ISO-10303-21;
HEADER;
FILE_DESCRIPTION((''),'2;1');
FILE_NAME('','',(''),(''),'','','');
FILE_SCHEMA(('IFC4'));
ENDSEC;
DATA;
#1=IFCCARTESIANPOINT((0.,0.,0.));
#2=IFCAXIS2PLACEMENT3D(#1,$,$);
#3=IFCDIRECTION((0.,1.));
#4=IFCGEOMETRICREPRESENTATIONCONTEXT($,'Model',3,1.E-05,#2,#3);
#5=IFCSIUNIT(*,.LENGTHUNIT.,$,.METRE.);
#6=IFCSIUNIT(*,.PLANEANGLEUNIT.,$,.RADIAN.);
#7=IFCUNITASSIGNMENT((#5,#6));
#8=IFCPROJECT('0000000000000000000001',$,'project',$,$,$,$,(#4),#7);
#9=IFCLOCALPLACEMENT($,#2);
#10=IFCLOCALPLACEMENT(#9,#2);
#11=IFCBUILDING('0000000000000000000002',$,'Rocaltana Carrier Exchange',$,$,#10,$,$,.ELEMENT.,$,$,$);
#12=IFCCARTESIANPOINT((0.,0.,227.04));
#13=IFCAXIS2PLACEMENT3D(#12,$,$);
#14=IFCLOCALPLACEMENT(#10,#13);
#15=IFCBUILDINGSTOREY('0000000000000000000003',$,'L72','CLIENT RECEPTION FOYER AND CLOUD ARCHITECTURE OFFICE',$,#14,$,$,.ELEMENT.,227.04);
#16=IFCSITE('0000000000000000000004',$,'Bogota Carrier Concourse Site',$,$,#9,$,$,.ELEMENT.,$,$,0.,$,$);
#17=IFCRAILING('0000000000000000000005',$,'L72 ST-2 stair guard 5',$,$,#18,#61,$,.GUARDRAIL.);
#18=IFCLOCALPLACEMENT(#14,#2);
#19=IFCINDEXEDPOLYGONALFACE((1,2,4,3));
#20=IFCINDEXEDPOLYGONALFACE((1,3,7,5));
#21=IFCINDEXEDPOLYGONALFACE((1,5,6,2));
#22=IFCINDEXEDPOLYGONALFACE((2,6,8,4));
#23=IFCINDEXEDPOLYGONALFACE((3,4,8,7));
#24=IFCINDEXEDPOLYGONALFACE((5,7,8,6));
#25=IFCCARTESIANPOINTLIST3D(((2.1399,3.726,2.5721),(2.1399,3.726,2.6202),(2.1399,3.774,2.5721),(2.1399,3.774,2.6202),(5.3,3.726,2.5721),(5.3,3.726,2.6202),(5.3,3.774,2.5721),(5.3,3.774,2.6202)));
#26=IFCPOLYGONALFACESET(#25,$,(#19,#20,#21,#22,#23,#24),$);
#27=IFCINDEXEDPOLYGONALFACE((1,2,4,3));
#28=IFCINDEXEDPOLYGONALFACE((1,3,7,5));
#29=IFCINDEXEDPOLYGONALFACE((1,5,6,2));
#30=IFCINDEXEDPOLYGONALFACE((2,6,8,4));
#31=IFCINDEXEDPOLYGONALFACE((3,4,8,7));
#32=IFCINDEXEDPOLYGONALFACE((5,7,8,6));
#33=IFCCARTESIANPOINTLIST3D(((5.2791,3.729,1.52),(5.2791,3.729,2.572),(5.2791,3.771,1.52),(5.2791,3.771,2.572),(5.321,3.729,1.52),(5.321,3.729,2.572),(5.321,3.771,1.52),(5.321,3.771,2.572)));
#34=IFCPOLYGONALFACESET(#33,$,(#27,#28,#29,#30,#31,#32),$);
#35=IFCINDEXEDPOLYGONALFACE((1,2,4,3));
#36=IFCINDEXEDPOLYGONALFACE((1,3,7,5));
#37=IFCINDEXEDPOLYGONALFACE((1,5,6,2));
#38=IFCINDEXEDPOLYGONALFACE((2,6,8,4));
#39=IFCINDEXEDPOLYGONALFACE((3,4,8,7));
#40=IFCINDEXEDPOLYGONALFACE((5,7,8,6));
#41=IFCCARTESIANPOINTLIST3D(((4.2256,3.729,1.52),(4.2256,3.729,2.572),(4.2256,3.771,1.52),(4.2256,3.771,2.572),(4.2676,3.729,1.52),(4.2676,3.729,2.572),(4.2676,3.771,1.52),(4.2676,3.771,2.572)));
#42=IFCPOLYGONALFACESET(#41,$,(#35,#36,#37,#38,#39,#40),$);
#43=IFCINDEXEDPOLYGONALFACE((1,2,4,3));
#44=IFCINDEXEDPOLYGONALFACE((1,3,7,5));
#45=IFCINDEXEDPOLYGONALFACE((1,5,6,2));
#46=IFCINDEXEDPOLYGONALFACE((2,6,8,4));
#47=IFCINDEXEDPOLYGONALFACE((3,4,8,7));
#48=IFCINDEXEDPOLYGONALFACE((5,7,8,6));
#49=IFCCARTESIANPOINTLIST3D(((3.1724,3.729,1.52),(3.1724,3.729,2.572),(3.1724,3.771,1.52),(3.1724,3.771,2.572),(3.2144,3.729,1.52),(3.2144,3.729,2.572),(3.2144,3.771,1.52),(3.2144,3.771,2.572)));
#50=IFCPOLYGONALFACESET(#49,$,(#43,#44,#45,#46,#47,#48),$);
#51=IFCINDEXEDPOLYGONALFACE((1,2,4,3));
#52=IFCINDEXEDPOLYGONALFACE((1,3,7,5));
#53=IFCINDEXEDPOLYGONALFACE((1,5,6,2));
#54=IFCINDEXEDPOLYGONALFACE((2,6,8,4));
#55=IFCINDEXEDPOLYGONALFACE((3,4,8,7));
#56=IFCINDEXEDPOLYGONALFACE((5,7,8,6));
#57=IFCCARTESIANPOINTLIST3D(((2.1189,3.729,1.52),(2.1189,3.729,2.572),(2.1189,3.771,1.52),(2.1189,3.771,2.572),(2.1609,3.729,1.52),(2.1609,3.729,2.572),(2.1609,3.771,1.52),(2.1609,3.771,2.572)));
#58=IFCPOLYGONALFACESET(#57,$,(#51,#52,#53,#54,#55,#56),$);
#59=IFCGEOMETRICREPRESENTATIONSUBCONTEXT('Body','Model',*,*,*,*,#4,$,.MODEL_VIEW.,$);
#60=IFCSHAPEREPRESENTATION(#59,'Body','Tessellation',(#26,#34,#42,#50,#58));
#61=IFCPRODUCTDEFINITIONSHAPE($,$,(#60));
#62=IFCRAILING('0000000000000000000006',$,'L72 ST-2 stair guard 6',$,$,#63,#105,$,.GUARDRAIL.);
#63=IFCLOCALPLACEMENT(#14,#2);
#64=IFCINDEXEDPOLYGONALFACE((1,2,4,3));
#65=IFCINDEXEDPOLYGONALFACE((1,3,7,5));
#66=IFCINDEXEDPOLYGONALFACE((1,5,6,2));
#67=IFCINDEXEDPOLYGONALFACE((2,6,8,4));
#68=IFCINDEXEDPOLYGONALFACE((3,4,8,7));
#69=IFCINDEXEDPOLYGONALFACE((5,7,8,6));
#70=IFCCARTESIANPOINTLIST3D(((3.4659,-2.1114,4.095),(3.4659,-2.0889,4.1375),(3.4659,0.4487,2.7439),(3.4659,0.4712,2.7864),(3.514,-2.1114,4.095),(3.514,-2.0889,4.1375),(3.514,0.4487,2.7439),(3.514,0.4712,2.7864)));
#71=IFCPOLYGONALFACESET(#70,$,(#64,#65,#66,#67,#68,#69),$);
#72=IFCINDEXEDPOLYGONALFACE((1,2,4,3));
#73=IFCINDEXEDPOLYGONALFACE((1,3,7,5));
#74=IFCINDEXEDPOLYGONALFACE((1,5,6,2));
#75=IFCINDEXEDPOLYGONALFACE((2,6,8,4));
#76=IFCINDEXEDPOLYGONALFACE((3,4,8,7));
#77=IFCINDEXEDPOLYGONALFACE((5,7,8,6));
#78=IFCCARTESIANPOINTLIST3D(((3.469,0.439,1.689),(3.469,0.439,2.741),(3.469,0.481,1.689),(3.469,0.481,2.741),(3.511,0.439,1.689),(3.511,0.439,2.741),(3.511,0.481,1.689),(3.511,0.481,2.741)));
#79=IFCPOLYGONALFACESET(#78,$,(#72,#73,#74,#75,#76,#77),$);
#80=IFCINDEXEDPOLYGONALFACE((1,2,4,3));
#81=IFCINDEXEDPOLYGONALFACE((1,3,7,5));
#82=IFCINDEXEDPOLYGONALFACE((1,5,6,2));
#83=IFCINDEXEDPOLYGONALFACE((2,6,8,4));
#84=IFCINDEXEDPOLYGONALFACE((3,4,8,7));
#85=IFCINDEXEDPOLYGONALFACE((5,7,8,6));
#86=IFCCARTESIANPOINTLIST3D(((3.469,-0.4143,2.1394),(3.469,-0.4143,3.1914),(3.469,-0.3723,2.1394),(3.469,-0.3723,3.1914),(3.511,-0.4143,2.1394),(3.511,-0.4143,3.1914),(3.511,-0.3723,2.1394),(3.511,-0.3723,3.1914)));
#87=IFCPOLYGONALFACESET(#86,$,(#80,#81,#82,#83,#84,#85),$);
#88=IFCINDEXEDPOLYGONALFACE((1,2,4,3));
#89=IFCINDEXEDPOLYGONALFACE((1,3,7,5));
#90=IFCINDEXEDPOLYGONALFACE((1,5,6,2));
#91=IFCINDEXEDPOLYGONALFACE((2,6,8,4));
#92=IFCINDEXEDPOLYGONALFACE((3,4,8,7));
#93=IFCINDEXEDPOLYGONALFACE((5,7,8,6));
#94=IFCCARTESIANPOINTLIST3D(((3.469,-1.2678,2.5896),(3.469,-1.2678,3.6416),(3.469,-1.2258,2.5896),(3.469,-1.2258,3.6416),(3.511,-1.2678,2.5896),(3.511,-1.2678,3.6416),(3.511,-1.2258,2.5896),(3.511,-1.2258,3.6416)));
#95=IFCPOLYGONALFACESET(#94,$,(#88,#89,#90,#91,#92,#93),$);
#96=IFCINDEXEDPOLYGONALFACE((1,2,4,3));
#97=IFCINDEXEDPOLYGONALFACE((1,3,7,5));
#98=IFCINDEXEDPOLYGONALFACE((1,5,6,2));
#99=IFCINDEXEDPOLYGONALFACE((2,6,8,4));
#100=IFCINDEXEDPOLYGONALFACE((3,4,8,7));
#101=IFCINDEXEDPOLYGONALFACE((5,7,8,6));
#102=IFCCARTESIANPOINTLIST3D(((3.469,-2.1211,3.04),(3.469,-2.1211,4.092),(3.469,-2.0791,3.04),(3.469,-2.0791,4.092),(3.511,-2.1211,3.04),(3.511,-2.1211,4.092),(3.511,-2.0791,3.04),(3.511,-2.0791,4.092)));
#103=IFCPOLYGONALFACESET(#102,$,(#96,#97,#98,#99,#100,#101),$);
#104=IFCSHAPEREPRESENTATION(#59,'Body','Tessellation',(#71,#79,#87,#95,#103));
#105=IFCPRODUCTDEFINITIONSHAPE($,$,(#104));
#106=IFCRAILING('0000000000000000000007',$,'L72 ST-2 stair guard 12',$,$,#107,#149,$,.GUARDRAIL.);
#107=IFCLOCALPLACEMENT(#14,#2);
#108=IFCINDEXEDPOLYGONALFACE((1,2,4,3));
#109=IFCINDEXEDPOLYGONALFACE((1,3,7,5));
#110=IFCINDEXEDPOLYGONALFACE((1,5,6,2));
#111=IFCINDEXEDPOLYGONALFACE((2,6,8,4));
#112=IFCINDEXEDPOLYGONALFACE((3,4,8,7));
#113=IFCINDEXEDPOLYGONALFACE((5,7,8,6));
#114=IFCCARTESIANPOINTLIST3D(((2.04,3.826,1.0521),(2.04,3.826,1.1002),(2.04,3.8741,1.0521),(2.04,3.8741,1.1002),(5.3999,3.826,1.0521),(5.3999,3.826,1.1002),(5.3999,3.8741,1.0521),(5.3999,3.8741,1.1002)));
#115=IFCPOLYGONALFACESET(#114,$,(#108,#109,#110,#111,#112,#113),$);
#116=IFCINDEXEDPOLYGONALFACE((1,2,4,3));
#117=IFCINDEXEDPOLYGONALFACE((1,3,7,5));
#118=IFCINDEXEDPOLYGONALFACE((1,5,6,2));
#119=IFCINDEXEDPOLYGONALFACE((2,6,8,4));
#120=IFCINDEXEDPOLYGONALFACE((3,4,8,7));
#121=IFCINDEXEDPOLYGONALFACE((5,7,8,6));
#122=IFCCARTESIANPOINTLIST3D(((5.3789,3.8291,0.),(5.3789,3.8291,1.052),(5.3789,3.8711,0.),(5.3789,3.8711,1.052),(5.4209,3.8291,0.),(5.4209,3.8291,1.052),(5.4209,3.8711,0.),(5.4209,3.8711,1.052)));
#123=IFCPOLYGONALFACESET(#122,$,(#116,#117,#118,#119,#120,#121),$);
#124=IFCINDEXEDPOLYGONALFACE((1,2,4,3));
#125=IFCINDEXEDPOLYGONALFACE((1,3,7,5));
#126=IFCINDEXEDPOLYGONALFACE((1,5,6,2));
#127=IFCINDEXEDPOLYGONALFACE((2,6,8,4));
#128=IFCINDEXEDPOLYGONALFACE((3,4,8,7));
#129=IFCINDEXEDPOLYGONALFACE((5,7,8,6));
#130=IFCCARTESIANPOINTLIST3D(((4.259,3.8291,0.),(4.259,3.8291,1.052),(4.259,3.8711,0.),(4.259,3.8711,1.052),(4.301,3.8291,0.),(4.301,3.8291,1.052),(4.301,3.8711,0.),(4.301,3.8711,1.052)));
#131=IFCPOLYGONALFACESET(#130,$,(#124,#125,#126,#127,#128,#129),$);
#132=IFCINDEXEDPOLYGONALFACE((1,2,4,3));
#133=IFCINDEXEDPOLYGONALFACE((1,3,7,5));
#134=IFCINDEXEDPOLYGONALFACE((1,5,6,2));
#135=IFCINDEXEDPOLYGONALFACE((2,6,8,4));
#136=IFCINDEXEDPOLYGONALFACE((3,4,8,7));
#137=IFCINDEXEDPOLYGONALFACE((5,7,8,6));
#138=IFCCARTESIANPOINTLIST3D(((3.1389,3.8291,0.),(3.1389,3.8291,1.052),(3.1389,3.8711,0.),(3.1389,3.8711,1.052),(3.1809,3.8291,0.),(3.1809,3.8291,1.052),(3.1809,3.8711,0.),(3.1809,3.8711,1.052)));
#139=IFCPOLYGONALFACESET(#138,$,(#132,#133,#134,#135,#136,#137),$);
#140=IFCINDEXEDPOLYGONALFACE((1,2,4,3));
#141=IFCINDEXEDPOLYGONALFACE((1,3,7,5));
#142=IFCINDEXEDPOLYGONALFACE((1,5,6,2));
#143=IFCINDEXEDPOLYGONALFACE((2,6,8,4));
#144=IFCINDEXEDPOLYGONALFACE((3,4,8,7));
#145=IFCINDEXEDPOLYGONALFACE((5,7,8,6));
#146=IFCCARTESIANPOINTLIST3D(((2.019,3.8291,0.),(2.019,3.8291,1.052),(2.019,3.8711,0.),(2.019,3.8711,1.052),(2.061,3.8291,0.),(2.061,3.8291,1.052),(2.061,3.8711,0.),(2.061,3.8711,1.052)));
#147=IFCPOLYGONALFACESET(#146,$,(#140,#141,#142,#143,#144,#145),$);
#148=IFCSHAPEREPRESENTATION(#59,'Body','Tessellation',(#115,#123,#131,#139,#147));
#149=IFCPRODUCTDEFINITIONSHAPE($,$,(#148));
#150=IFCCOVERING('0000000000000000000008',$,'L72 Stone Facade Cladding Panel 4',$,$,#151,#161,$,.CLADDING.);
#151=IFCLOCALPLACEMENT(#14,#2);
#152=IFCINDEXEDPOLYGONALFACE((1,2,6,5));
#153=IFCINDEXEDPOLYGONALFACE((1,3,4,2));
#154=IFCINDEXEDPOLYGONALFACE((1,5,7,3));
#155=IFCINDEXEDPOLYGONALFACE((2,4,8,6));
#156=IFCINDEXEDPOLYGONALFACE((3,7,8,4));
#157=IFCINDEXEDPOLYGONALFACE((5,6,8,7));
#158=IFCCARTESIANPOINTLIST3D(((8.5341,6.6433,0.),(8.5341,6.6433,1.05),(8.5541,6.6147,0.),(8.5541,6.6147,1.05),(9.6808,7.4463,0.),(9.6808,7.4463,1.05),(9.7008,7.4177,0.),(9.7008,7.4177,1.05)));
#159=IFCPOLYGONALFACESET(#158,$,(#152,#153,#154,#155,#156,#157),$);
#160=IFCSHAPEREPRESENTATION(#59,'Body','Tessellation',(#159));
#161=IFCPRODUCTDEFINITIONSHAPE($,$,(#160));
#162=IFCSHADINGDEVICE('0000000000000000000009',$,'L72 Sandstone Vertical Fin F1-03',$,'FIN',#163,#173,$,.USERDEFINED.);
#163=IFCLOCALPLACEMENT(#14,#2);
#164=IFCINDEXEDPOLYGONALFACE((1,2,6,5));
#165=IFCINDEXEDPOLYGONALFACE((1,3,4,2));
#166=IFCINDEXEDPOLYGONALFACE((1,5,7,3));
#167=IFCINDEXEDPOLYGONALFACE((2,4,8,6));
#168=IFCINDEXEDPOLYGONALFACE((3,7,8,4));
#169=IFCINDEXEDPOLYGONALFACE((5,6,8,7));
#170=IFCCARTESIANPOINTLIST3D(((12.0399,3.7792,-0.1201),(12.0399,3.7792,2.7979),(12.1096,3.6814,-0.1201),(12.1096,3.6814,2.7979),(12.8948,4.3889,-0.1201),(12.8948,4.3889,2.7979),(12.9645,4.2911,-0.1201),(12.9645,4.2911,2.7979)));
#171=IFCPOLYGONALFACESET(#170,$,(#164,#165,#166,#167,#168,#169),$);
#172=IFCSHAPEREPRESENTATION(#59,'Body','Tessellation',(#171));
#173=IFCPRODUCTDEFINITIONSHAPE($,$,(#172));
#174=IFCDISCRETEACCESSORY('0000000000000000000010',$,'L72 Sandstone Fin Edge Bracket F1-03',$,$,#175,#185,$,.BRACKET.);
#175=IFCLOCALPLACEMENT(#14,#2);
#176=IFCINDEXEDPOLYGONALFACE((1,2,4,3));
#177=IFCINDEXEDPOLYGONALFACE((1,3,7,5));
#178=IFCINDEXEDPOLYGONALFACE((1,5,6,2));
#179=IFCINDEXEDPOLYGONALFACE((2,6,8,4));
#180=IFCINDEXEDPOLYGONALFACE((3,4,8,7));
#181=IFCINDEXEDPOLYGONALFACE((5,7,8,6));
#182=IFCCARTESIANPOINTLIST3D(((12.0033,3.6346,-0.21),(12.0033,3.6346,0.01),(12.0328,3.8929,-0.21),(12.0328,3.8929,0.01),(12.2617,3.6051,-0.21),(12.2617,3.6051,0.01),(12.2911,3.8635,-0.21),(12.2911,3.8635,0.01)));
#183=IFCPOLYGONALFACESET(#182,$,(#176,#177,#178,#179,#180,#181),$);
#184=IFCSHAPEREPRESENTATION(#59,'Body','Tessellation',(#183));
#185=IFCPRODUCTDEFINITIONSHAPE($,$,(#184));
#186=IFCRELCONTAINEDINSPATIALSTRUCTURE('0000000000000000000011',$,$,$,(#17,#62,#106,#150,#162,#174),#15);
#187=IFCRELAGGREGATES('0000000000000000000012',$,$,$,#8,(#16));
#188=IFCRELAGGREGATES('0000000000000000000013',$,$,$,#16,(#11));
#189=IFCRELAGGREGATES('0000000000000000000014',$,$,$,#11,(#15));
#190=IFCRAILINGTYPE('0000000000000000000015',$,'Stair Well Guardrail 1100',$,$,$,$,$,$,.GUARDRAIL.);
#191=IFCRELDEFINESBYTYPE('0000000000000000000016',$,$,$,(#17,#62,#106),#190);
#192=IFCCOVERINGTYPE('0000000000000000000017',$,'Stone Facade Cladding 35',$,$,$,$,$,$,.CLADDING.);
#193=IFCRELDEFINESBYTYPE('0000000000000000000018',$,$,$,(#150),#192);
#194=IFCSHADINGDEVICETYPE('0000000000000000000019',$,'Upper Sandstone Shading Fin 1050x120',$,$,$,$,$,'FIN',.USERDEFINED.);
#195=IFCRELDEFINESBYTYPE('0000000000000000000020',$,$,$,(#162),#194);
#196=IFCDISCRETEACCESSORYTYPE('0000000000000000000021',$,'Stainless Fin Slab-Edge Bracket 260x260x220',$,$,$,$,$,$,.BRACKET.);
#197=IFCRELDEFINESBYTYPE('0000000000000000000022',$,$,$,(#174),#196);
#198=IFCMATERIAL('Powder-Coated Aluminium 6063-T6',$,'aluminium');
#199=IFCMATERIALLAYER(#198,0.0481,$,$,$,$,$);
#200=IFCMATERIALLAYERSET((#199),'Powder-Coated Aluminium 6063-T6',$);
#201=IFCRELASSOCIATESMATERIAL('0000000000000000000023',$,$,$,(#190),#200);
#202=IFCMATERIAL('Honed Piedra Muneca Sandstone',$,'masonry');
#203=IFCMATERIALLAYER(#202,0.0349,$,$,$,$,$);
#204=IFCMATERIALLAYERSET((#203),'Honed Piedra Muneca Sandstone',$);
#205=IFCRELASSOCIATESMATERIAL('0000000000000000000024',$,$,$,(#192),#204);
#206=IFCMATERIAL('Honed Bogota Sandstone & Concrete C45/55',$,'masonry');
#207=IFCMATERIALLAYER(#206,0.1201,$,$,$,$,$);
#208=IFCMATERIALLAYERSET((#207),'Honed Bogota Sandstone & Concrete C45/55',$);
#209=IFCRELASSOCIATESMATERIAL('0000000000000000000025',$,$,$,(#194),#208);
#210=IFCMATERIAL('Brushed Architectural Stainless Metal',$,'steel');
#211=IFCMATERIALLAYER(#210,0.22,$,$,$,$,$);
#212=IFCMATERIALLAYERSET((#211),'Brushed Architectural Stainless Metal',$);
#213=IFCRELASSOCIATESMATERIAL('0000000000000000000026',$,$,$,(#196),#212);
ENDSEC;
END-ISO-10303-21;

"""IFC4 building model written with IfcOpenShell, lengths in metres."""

from ifc_helpers import new_model, si_unit, direction, frame, origin, origin_2d, place, context, subcontext, project, spatial, rectangle, extrude, material, layer, layer_set, type_object, element, save


model = new_model("IFC4")

# Units and contexts
model_context = context("Model", 3, precision=1e-05, world=origin(), true_north=direction((0.0, 1.0)))
body_context = subcontext(model_context, "Body", "Model", "MODEL_VIEW")
ifc_project = project(units=[si_unit("LENGTHUNIT", "METRE"), si_unit("PLANEANGLEUNIT", "RADIAN")], contexts=[model_context])

# Site, building, storey
site_placement = place(None, origin())
site = spatial("IfcSite", under=ifc_project, at=site_placement, Name="Bogota Carrier Concourse Site", CompositionType="ELEMENT", RefElevation=0.0)
building_placement = place(site_placement, origin())
building = spatial("IfcBuilding", under=site, at=building_placement, Name="Rocaltana Carrier Exchange", CompositionType="ELEMENT")
storey_placement = place(building_placement, frame((0.0, 0.0, 227.04)))
storey = spatial("IfcBuildingStorey", under=building, at=storey_placement, Name="L72", Description="CLIENT RECEPTION FOYER AND CLOUD ARCHITECTURE OFFICE", CompositionType="ELEMENT", Elevation=227.04)

# Railings
ifc_material_1 = material(Name="Powder-Coated Aluminium 6063-T6", Category="aluminium")
ifc_layer_1 = layer(ifc_material_1, 0.0481)
ifc_layer_set_1 = layer_set([ifc_layer_1], Name="Powder-Coated Aluminium 6063-T6")
railing_type_1 = type_object("IfcRailingType", Name="Stair Well Guardrail 1100", PredefinedType="GUARDRAIL", material=ifc_layer_set_1)
railing_1_placement = place(storey_placement, frame((5.3, 3.75, 1.52)))
element("IfcRailing", 1, at=railing_1_placement, inside=storey, type_object=railing_type_1, Name="L72 ST-2 stair guard 5", PredefinedType="GUARDRAIL", context=body_context, shape_type="SweptSolid", body=[
    extrude(rectangle(XDim=0.0481, YDim=0.0481, at=origin_2d()), frame((0.0, 0.0, 1.0762), z_axis=(-1.0, 0.0, 0.0), x_axis=(0.0, -1.0, 0.0)), (0.0, 0.0, 1.0), 3.1602),
    extrude(rectangle(XDim=0.042, YDim=0.042, at=origin_2d()), origin(), (0.0, 0.0, 1.0), 1.052),
    extrude(rectangle(XDim=0.042, YDim=0.042, at=origin_2d()), frame((-1.0535, 0.0, 0.0)), (0.0, 0.0, 1.0), 1.052),
    extrude(rectangle(XDim=0.042, YDim=0.042, at=origin_2d()), frame((-2.1067, 0.0, 0.0)), (0.0, 0.0, 1.0), 1.052),
    extrude(rectangle(XDim=0.042, YDim=0.042, at=origin_2d()), frame((-3.1602, 0.0, 0.0)), (0.0, 0.0, 1.0), 1.052),
])
railing_2_placement = place(storey_placement, frame((3.49, 0.46, 1.689)))
element("IfcRailing", 2, at=railing_2_placement, inside=storey, type_object=railing_type_1, Name="L72 ST-2 stair guard 6", PredefinedType="GUARDRAIL", context=body_context, shape_type="SweptSolid", body=[
    extrude(rectangle(XDim=0.0481, YDim=0.0481, at=origin_2d()), frame((0.0, 0.0, 1.0762), z_axis=(0.0, -0.884394, 0.46674), x_axis=(1.0, 0.0, 0.0)), (0.0, 0.0, 1.0), 2.8948),
    extrude(rectangle(XDim=0.042, YDim=0.042, at=origin_2d()), origin(), (0.0, 0.0, 1.0), 1.052),
    extrude(rectangle(XDim=0.042, YDim=0.042, at=origin_2d()), frame((0.0, -0.8533, 0.4504)), (0.0, 0.0, 1.0), 1.052),
    extrude(rectangle(XDim=0.042, YDim=0.042, at=origin_2d()), frame((0.0, -1.7068, 0.9006)), (0.0, 0.0, 1.0), 1.052),
    extrude(rectangle(XDim=0.042, YDim=0.042, at=origin_2d()), frame((0.0, -2.5601, 1.3511)), (0.0, 0.0, 1.0), 1.052),
])
railing_3_placement = place(storey_placement, frame((5.3999, 3.8501, 0.0)))
element("IfcRailing", 3, at=railing_3_placement, inside=storey, type_object=railing_type_1, Name="L72 ST-2 stair guard 12", PredefinedType="GUARDRAIL", context=body_context, shape_type="SweptSolid", body=[
    extrude(rectangle(XDim=0.0481, YDim=0.0481, at=origin_2d()), frame((0.0, 0.0, 1.0762), z_axis=(-1.0, 0.0, 0.0), x_axis=(0.0, -1.0, 0.0)), (0.0, 0.0, 1.0), 3.3599),
    extrude(rectangle(XDim=0.042, YDim=0.042, at=origin_2d()), origin(), (0.0, 0.0, 1.0), 1.052),
    extrude(rectangle(XDim=0.042, YDim=0.042, at=origin_2d()), frame((-1.1199, 0.0, 0.0)), (0.0, 0.0, 1.0), 1.052),
    extrude(rectangle(XDim=0.042, YDim=0.042, at=origin_2d()), frame((-2.24, 0.0, 0.0)), (0.0, 0.0, 1.0), 1.052),
    extrude(rectangle(XDim=0.042, YDim=0.042, at=origin_2d()), frame((-3.3599, 0.0, 0.0)), (0.0, 0.0, 1.0), 1.052),
])

# Covering
ifc_material_2 = material(Name="Honed Piedra Muneca Sandstone", Category="masonry")
ifc_layer_2 = layer(ifc_material_2, 0.0349)
ifc_layer_set_2 = layer_set([ifc_layer_2], Name="Honed Piedra Muneca Sandstone")
covering_type = type_object("IfcCoveringType", Name="Stone Facade Cladding 35", PredefinedType="CLADDING", material=ifc_layer_set_2)
covering_placement = place(storey_placement, frame((9.1174, 7.0305, 0.0), z_axis=(0.0, 0.0, 1.0), x_axis=(0.819152, 0.573576, 0.0)))
element("IfcCovering", 4, at=covering_placement, inside=storey, type_object=covering_type, Name="L72 Stone Facade Cladding Panel 4", PredefinedType="CLADDING", context=body_context, shape_type="SweptSolid", body=[
    extrude(rectangle(XDim=1.3999, YDim=0.0349, at=origin_2d()), origin(), (0.0, 0.0, 1.0), 1.05),
])

# Shading device
ifc_material_3 = material(Name="Honed Bogota Sandstone & Concrete C45/55", Category="masonry")
ifc_layer_3 = layer(ifc_material_3, 0.1201)
ifc_layer_set_3 = layer_set([ifc_layer_3], Name="Honed Bogota Sandstone & Concrete C45/55")
shading_device_type = type_object("IfcShadingDeviceType", Name="Upper Sandstone Shading Fin 1050x120", ElementType="FIN", PredefinedType="USERDEFINED", material=ifc_layer_set_3)
shading_device_placement = place(storey_placement, frame((12.5022, 4.0352, -0.1201), z_axis=(0.0, 0.0, 1.0), x_axis=(0.814116, 0.580703, 0.0)))
element("IfcShadingDevice", 5, at=shading_device_placement, inside=storey, type_object=shading_device_type, Name="L72 Sandstone Vertical Fin F1-03", ObjectType="FIN", PredefinedType="USERDEFINED", context=body_context, shape_type="SweptSolid", body=[
    extrude(rectangle(XDim=1.05, YDim=0.1201, at=origin_2d()), origin(), (0.0, 0.0, 1.0), 2.918),
])

# Discrete accessory
ifc_material_4 = material(Name="Brushed Architectural Stainless Metal", Category="steel")
ifc_layer_4 = layer(ifc_material_4, 0.22)
ifc_layer_set_4 = layer_set([ifc_layer_4], Name="Brushed Architectural Stainless Metal")
discrete_accessory_type = type_object("IfcDiscreteAccessoryType", Name="Stainless Fin Slab-Edge Bracket 260x260x220", PredefinedType="BRACKET", material=ifc_layer_set_4)
discrete_accessory_placement = place(storey_placement, frame((12.1472, 3.749, -0.21), z_axis=(0.0, 0.0, 1.0), x_axis=(0.113203, 0.993572, 0.0)))
element("IfcDiscreteAccessory", 6, at=discrete_accessory_placement, inside=storey, type_object=discrete_accessory_type, Name="L72 Sandstone Fin Edge Bracket F1-03", PredefinedType="BRACKET", context=body_context, shape_type="SweptSolid", body=[
    extrude(rectangle(XDim=0.26, YDim=0.26, at=origin_2d()), origin(), (0.0, 0.0, 1.0), 0.22),
])

save(model, "model.ifc")
